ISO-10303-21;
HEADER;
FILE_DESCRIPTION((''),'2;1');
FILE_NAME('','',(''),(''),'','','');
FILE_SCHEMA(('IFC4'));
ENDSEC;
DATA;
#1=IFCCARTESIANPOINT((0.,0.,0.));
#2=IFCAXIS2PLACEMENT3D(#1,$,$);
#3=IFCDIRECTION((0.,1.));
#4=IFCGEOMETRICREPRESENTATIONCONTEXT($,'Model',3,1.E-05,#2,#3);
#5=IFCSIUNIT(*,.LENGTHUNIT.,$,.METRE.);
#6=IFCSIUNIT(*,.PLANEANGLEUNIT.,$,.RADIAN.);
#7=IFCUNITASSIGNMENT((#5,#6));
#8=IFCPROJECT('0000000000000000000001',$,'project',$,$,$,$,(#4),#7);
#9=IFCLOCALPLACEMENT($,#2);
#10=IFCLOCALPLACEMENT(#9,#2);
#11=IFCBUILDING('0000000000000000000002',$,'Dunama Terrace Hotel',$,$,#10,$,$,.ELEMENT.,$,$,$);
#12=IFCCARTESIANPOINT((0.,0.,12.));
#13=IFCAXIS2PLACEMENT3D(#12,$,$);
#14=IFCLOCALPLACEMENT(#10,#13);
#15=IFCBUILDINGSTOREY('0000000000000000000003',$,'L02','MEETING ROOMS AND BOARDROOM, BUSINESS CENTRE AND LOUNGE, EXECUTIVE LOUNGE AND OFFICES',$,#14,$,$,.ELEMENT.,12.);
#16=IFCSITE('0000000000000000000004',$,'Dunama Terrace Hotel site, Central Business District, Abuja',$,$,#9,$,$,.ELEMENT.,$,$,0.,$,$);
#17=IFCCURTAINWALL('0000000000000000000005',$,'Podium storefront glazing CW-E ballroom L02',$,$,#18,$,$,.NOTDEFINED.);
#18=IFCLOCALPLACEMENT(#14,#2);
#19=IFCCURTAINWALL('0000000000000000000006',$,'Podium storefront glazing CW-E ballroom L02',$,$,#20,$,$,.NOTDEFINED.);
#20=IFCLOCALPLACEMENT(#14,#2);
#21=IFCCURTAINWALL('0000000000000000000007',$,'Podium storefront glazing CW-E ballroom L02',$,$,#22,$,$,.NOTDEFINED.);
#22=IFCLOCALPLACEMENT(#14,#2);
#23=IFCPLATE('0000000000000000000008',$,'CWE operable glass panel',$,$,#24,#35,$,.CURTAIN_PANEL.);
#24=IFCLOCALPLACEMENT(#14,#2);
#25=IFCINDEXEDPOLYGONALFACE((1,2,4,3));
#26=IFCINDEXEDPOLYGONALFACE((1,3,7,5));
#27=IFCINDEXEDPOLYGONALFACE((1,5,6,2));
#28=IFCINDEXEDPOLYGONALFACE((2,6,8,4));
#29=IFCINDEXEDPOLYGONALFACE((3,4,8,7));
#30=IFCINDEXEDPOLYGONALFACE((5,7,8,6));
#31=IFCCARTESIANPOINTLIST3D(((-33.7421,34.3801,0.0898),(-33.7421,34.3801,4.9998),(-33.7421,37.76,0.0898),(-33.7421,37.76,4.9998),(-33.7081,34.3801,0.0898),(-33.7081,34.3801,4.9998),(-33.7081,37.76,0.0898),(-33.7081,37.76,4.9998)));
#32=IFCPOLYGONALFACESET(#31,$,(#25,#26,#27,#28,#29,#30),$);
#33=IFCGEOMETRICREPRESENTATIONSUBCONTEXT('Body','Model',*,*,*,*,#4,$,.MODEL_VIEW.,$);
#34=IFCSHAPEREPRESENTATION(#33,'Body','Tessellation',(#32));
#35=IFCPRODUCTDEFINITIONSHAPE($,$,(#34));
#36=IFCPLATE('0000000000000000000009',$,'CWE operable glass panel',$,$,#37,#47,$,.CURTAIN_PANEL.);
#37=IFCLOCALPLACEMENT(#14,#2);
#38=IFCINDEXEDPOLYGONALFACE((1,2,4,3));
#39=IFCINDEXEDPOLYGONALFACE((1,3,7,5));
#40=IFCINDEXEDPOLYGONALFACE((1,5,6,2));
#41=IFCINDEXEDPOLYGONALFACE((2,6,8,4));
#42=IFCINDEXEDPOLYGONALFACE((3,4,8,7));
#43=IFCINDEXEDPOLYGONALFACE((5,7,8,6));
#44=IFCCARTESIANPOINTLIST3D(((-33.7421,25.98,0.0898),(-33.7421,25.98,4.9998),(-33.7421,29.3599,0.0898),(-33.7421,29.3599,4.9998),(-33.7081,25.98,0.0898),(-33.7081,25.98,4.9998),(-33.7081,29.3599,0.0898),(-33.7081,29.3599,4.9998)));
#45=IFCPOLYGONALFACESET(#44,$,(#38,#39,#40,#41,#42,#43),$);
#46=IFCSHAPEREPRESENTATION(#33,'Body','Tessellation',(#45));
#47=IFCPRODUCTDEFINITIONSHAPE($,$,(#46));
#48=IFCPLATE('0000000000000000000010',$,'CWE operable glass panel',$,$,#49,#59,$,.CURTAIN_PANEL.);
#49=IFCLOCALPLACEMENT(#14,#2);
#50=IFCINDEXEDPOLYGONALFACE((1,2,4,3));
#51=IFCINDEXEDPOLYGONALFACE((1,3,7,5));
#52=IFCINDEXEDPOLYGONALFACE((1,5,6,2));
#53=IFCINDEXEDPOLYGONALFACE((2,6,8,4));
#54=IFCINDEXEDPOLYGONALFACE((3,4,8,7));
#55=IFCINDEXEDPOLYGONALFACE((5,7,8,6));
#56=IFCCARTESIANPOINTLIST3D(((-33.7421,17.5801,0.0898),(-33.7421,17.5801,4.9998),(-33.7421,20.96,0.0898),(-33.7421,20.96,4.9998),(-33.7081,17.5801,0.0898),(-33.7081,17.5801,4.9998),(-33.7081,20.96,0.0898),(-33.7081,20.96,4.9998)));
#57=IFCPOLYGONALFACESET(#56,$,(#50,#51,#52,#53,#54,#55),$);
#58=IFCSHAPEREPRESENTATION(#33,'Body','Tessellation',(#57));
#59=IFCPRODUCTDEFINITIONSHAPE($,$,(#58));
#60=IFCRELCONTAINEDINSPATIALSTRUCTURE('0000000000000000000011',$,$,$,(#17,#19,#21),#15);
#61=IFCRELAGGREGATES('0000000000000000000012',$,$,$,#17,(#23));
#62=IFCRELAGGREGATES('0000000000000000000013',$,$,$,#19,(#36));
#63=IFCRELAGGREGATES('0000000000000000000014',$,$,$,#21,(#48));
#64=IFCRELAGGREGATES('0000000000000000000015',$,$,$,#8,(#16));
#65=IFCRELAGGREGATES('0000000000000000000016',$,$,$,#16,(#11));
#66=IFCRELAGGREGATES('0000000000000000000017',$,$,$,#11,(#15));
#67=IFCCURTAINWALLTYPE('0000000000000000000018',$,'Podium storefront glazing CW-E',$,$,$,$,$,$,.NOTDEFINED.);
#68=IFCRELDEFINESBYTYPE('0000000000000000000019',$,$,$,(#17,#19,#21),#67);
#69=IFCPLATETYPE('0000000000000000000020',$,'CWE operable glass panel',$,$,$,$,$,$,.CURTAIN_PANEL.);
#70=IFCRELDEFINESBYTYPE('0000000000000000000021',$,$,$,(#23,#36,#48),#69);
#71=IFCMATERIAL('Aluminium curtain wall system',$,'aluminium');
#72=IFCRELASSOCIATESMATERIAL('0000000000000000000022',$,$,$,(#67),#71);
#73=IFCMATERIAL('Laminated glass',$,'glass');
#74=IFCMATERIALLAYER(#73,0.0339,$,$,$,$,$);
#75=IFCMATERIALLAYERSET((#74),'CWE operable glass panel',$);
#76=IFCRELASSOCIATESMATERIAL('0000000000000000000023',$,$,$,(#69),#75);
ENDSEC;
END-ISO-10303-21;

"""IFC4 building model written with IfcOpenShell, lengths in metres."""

from ifc_helpers import new_model, si_unit, direction, frame, origin, origin_2d, place, context, subcontext, project, spatial, rectangle, extrude, material, layer, layer_set, type_object, element, aggregate, save


model = new_model("IFC4")

# Units and contexts
model_context = context("Model", 3, precision=1e-05, world=origin(), true_north=direction((0.0, 1.0)))
body_context = subcontext(model_context, "Body", "Model", "MODEL_VIEW")
ifc_project = project(units=[si_unit("LENGTHUNIT", "METRE"), si_unit("PLANEANGLEUNIT", "RADIAN")], contexts=[model_context])

# Site, building, storey
site_placement = place(None, origin())
site = spatial("IfcSite", under=ifc_project, at=site_placement, Name="Dunama Terrace Hotel site, Central Business District, Abuja", CompositionType="ELEMENT", RefElevation=0.0)
building_placement = place(site_placement, origin())
building = spatial("IfcBuilding", under=site, at=building_placement, Name="Dunama Terrace Hotel", CompositionType="ELEMENT")
storey_placement = place(building_placement, frame((0.0, 0.0, 12.0)))
storey = spatial("IfcBuildingStorey", under=building, at=storey_placement, Name="L02", Description="MEETING ROOMS AND BOARDROOM, BUSINESS CENTRE AND LOUNGE, EXECUTIVE LOUNGE AND OFFICES", CompositionType="ELEMENT", Elevation=12.0)

# Curtain walls
ifc_material_1 = material(Name="Aluminium curtain wall system", Category="aluminium")
curtain_wall_type = type_object("IfcCurtainWallType", Name="Podium storefront glazing CW-E", PredefinedType="NOTDEFINED", material=ifc_material_1)
curtain_wall_1_placement = place(storey_placement, origin())
curtain_wall_1 = element("IfcCurtainWall", 1, at=curtain_wall_1_placement, inside=storey, type_object=curtain_wall_type, Name="Podium storefront glazing CW-E ballroom L02", PredefinedType="NOTDEFINED")
curtain_wall_2_placement = place(storey_placement, origin())
curtain_wall_2 = element("IfcCurtainWall", 2, at=curtain_wall_2_placement, inside=storey, type_object=curtain_wall_type, Name="Podium storefront glazing CW-E ballroom L02", PredefinedType="NOTDEFINED")
curtain_wall_3_placement = place(storey_placement, origin())
curtain_wall_3 = element("IfcCurtainWall", 3, at=curtain_wall_3_placement, inside=storey, type_object=curtain_wall_type, Name="Podium storefront glazing CW-E ballroom L02", PredefinedType="NOTDEFINED")

# Plates
ifc_material_2 = material(Name="Laminated glass", Category="glass")
ifc_layer_1 = layer(ifc_material_2, 0.0339)
ifc_layer_set_1 = layer_set([ifc_layer_1], Name="CWE operable glass panel")
plate_type_1 = type_object("IfcPlateType", Name="CWE operable glass panel", PredefinedType="CURTAIN_PANEL", material=ifc_layer_set_1)
plate_1_placement = place(storey_placement, frame((-33.7251, 36.0701, 0.0898), z_axis=(0.0, 0.0, 1.0), x_axis=(0.0, -1.0, 0.0)))
plate_1 = element("IfcPlate", 4, at=plate_1_placement, type_object=plate_type_1, Name="CWE operable glass panel", PredefinedType="CURTAIN_PANEL", context=body_context, shape_type="SweptSolid", body=[
    extrude(rectangle(XDim=3.3799, YDim=0.0339, at=origin_2d()), origin(), (0.0, 0.0, 1.0), 4.9099),
])
aggregate(curtain_wall_1, [plate_1])
plate_2_placement = place(storey_placement, frame((-33.7251, 27.6699, 0.0898), z_axis=(0.0, 0.0, 1.0), x_axis=(0.0, -1.0, 0.0)))
plate_2 = element("IfcPlate", 5, at=plate_2_placement, type_object=plate_type_1, Name="CWE operable glass panel", PredefinedType="CURTAIN_PANEL", context=body_context, shape_type="SweptSolid", body=[
    extrude(rectangle(XDim=3.3799, YDim=0.0339, at=origin_2d()), origin(), (0.0, 0.0, 1.0), 4.9099),
])
aggregate(curtain_wall_2, [plate_2])
plate_3_placement = place(storey_placement, frame((-33.7251, 19.27, 0.0898), z_axis=(0.0, 0.0, 1.0), x_axis=(0.0, -1.0, 0.0)))
plate_3 = element("IfcPlate", 6, at=plate_3_placement, type_object=plate_type_1, Name="CWE operable glass panel", PredefinedType="CURTAIN_PANEL", context=body_context, shape_type="SweptSolid", body=[
    extrude(rectangle(XDim=3.3799, YDim=0.0339, at=origin_2d()), origin(), (0.0, 0.0, 1.0), 4.9099),
])
aggregate(curtain_wall_3, [plate_3])

save(model, "model.ifc")
